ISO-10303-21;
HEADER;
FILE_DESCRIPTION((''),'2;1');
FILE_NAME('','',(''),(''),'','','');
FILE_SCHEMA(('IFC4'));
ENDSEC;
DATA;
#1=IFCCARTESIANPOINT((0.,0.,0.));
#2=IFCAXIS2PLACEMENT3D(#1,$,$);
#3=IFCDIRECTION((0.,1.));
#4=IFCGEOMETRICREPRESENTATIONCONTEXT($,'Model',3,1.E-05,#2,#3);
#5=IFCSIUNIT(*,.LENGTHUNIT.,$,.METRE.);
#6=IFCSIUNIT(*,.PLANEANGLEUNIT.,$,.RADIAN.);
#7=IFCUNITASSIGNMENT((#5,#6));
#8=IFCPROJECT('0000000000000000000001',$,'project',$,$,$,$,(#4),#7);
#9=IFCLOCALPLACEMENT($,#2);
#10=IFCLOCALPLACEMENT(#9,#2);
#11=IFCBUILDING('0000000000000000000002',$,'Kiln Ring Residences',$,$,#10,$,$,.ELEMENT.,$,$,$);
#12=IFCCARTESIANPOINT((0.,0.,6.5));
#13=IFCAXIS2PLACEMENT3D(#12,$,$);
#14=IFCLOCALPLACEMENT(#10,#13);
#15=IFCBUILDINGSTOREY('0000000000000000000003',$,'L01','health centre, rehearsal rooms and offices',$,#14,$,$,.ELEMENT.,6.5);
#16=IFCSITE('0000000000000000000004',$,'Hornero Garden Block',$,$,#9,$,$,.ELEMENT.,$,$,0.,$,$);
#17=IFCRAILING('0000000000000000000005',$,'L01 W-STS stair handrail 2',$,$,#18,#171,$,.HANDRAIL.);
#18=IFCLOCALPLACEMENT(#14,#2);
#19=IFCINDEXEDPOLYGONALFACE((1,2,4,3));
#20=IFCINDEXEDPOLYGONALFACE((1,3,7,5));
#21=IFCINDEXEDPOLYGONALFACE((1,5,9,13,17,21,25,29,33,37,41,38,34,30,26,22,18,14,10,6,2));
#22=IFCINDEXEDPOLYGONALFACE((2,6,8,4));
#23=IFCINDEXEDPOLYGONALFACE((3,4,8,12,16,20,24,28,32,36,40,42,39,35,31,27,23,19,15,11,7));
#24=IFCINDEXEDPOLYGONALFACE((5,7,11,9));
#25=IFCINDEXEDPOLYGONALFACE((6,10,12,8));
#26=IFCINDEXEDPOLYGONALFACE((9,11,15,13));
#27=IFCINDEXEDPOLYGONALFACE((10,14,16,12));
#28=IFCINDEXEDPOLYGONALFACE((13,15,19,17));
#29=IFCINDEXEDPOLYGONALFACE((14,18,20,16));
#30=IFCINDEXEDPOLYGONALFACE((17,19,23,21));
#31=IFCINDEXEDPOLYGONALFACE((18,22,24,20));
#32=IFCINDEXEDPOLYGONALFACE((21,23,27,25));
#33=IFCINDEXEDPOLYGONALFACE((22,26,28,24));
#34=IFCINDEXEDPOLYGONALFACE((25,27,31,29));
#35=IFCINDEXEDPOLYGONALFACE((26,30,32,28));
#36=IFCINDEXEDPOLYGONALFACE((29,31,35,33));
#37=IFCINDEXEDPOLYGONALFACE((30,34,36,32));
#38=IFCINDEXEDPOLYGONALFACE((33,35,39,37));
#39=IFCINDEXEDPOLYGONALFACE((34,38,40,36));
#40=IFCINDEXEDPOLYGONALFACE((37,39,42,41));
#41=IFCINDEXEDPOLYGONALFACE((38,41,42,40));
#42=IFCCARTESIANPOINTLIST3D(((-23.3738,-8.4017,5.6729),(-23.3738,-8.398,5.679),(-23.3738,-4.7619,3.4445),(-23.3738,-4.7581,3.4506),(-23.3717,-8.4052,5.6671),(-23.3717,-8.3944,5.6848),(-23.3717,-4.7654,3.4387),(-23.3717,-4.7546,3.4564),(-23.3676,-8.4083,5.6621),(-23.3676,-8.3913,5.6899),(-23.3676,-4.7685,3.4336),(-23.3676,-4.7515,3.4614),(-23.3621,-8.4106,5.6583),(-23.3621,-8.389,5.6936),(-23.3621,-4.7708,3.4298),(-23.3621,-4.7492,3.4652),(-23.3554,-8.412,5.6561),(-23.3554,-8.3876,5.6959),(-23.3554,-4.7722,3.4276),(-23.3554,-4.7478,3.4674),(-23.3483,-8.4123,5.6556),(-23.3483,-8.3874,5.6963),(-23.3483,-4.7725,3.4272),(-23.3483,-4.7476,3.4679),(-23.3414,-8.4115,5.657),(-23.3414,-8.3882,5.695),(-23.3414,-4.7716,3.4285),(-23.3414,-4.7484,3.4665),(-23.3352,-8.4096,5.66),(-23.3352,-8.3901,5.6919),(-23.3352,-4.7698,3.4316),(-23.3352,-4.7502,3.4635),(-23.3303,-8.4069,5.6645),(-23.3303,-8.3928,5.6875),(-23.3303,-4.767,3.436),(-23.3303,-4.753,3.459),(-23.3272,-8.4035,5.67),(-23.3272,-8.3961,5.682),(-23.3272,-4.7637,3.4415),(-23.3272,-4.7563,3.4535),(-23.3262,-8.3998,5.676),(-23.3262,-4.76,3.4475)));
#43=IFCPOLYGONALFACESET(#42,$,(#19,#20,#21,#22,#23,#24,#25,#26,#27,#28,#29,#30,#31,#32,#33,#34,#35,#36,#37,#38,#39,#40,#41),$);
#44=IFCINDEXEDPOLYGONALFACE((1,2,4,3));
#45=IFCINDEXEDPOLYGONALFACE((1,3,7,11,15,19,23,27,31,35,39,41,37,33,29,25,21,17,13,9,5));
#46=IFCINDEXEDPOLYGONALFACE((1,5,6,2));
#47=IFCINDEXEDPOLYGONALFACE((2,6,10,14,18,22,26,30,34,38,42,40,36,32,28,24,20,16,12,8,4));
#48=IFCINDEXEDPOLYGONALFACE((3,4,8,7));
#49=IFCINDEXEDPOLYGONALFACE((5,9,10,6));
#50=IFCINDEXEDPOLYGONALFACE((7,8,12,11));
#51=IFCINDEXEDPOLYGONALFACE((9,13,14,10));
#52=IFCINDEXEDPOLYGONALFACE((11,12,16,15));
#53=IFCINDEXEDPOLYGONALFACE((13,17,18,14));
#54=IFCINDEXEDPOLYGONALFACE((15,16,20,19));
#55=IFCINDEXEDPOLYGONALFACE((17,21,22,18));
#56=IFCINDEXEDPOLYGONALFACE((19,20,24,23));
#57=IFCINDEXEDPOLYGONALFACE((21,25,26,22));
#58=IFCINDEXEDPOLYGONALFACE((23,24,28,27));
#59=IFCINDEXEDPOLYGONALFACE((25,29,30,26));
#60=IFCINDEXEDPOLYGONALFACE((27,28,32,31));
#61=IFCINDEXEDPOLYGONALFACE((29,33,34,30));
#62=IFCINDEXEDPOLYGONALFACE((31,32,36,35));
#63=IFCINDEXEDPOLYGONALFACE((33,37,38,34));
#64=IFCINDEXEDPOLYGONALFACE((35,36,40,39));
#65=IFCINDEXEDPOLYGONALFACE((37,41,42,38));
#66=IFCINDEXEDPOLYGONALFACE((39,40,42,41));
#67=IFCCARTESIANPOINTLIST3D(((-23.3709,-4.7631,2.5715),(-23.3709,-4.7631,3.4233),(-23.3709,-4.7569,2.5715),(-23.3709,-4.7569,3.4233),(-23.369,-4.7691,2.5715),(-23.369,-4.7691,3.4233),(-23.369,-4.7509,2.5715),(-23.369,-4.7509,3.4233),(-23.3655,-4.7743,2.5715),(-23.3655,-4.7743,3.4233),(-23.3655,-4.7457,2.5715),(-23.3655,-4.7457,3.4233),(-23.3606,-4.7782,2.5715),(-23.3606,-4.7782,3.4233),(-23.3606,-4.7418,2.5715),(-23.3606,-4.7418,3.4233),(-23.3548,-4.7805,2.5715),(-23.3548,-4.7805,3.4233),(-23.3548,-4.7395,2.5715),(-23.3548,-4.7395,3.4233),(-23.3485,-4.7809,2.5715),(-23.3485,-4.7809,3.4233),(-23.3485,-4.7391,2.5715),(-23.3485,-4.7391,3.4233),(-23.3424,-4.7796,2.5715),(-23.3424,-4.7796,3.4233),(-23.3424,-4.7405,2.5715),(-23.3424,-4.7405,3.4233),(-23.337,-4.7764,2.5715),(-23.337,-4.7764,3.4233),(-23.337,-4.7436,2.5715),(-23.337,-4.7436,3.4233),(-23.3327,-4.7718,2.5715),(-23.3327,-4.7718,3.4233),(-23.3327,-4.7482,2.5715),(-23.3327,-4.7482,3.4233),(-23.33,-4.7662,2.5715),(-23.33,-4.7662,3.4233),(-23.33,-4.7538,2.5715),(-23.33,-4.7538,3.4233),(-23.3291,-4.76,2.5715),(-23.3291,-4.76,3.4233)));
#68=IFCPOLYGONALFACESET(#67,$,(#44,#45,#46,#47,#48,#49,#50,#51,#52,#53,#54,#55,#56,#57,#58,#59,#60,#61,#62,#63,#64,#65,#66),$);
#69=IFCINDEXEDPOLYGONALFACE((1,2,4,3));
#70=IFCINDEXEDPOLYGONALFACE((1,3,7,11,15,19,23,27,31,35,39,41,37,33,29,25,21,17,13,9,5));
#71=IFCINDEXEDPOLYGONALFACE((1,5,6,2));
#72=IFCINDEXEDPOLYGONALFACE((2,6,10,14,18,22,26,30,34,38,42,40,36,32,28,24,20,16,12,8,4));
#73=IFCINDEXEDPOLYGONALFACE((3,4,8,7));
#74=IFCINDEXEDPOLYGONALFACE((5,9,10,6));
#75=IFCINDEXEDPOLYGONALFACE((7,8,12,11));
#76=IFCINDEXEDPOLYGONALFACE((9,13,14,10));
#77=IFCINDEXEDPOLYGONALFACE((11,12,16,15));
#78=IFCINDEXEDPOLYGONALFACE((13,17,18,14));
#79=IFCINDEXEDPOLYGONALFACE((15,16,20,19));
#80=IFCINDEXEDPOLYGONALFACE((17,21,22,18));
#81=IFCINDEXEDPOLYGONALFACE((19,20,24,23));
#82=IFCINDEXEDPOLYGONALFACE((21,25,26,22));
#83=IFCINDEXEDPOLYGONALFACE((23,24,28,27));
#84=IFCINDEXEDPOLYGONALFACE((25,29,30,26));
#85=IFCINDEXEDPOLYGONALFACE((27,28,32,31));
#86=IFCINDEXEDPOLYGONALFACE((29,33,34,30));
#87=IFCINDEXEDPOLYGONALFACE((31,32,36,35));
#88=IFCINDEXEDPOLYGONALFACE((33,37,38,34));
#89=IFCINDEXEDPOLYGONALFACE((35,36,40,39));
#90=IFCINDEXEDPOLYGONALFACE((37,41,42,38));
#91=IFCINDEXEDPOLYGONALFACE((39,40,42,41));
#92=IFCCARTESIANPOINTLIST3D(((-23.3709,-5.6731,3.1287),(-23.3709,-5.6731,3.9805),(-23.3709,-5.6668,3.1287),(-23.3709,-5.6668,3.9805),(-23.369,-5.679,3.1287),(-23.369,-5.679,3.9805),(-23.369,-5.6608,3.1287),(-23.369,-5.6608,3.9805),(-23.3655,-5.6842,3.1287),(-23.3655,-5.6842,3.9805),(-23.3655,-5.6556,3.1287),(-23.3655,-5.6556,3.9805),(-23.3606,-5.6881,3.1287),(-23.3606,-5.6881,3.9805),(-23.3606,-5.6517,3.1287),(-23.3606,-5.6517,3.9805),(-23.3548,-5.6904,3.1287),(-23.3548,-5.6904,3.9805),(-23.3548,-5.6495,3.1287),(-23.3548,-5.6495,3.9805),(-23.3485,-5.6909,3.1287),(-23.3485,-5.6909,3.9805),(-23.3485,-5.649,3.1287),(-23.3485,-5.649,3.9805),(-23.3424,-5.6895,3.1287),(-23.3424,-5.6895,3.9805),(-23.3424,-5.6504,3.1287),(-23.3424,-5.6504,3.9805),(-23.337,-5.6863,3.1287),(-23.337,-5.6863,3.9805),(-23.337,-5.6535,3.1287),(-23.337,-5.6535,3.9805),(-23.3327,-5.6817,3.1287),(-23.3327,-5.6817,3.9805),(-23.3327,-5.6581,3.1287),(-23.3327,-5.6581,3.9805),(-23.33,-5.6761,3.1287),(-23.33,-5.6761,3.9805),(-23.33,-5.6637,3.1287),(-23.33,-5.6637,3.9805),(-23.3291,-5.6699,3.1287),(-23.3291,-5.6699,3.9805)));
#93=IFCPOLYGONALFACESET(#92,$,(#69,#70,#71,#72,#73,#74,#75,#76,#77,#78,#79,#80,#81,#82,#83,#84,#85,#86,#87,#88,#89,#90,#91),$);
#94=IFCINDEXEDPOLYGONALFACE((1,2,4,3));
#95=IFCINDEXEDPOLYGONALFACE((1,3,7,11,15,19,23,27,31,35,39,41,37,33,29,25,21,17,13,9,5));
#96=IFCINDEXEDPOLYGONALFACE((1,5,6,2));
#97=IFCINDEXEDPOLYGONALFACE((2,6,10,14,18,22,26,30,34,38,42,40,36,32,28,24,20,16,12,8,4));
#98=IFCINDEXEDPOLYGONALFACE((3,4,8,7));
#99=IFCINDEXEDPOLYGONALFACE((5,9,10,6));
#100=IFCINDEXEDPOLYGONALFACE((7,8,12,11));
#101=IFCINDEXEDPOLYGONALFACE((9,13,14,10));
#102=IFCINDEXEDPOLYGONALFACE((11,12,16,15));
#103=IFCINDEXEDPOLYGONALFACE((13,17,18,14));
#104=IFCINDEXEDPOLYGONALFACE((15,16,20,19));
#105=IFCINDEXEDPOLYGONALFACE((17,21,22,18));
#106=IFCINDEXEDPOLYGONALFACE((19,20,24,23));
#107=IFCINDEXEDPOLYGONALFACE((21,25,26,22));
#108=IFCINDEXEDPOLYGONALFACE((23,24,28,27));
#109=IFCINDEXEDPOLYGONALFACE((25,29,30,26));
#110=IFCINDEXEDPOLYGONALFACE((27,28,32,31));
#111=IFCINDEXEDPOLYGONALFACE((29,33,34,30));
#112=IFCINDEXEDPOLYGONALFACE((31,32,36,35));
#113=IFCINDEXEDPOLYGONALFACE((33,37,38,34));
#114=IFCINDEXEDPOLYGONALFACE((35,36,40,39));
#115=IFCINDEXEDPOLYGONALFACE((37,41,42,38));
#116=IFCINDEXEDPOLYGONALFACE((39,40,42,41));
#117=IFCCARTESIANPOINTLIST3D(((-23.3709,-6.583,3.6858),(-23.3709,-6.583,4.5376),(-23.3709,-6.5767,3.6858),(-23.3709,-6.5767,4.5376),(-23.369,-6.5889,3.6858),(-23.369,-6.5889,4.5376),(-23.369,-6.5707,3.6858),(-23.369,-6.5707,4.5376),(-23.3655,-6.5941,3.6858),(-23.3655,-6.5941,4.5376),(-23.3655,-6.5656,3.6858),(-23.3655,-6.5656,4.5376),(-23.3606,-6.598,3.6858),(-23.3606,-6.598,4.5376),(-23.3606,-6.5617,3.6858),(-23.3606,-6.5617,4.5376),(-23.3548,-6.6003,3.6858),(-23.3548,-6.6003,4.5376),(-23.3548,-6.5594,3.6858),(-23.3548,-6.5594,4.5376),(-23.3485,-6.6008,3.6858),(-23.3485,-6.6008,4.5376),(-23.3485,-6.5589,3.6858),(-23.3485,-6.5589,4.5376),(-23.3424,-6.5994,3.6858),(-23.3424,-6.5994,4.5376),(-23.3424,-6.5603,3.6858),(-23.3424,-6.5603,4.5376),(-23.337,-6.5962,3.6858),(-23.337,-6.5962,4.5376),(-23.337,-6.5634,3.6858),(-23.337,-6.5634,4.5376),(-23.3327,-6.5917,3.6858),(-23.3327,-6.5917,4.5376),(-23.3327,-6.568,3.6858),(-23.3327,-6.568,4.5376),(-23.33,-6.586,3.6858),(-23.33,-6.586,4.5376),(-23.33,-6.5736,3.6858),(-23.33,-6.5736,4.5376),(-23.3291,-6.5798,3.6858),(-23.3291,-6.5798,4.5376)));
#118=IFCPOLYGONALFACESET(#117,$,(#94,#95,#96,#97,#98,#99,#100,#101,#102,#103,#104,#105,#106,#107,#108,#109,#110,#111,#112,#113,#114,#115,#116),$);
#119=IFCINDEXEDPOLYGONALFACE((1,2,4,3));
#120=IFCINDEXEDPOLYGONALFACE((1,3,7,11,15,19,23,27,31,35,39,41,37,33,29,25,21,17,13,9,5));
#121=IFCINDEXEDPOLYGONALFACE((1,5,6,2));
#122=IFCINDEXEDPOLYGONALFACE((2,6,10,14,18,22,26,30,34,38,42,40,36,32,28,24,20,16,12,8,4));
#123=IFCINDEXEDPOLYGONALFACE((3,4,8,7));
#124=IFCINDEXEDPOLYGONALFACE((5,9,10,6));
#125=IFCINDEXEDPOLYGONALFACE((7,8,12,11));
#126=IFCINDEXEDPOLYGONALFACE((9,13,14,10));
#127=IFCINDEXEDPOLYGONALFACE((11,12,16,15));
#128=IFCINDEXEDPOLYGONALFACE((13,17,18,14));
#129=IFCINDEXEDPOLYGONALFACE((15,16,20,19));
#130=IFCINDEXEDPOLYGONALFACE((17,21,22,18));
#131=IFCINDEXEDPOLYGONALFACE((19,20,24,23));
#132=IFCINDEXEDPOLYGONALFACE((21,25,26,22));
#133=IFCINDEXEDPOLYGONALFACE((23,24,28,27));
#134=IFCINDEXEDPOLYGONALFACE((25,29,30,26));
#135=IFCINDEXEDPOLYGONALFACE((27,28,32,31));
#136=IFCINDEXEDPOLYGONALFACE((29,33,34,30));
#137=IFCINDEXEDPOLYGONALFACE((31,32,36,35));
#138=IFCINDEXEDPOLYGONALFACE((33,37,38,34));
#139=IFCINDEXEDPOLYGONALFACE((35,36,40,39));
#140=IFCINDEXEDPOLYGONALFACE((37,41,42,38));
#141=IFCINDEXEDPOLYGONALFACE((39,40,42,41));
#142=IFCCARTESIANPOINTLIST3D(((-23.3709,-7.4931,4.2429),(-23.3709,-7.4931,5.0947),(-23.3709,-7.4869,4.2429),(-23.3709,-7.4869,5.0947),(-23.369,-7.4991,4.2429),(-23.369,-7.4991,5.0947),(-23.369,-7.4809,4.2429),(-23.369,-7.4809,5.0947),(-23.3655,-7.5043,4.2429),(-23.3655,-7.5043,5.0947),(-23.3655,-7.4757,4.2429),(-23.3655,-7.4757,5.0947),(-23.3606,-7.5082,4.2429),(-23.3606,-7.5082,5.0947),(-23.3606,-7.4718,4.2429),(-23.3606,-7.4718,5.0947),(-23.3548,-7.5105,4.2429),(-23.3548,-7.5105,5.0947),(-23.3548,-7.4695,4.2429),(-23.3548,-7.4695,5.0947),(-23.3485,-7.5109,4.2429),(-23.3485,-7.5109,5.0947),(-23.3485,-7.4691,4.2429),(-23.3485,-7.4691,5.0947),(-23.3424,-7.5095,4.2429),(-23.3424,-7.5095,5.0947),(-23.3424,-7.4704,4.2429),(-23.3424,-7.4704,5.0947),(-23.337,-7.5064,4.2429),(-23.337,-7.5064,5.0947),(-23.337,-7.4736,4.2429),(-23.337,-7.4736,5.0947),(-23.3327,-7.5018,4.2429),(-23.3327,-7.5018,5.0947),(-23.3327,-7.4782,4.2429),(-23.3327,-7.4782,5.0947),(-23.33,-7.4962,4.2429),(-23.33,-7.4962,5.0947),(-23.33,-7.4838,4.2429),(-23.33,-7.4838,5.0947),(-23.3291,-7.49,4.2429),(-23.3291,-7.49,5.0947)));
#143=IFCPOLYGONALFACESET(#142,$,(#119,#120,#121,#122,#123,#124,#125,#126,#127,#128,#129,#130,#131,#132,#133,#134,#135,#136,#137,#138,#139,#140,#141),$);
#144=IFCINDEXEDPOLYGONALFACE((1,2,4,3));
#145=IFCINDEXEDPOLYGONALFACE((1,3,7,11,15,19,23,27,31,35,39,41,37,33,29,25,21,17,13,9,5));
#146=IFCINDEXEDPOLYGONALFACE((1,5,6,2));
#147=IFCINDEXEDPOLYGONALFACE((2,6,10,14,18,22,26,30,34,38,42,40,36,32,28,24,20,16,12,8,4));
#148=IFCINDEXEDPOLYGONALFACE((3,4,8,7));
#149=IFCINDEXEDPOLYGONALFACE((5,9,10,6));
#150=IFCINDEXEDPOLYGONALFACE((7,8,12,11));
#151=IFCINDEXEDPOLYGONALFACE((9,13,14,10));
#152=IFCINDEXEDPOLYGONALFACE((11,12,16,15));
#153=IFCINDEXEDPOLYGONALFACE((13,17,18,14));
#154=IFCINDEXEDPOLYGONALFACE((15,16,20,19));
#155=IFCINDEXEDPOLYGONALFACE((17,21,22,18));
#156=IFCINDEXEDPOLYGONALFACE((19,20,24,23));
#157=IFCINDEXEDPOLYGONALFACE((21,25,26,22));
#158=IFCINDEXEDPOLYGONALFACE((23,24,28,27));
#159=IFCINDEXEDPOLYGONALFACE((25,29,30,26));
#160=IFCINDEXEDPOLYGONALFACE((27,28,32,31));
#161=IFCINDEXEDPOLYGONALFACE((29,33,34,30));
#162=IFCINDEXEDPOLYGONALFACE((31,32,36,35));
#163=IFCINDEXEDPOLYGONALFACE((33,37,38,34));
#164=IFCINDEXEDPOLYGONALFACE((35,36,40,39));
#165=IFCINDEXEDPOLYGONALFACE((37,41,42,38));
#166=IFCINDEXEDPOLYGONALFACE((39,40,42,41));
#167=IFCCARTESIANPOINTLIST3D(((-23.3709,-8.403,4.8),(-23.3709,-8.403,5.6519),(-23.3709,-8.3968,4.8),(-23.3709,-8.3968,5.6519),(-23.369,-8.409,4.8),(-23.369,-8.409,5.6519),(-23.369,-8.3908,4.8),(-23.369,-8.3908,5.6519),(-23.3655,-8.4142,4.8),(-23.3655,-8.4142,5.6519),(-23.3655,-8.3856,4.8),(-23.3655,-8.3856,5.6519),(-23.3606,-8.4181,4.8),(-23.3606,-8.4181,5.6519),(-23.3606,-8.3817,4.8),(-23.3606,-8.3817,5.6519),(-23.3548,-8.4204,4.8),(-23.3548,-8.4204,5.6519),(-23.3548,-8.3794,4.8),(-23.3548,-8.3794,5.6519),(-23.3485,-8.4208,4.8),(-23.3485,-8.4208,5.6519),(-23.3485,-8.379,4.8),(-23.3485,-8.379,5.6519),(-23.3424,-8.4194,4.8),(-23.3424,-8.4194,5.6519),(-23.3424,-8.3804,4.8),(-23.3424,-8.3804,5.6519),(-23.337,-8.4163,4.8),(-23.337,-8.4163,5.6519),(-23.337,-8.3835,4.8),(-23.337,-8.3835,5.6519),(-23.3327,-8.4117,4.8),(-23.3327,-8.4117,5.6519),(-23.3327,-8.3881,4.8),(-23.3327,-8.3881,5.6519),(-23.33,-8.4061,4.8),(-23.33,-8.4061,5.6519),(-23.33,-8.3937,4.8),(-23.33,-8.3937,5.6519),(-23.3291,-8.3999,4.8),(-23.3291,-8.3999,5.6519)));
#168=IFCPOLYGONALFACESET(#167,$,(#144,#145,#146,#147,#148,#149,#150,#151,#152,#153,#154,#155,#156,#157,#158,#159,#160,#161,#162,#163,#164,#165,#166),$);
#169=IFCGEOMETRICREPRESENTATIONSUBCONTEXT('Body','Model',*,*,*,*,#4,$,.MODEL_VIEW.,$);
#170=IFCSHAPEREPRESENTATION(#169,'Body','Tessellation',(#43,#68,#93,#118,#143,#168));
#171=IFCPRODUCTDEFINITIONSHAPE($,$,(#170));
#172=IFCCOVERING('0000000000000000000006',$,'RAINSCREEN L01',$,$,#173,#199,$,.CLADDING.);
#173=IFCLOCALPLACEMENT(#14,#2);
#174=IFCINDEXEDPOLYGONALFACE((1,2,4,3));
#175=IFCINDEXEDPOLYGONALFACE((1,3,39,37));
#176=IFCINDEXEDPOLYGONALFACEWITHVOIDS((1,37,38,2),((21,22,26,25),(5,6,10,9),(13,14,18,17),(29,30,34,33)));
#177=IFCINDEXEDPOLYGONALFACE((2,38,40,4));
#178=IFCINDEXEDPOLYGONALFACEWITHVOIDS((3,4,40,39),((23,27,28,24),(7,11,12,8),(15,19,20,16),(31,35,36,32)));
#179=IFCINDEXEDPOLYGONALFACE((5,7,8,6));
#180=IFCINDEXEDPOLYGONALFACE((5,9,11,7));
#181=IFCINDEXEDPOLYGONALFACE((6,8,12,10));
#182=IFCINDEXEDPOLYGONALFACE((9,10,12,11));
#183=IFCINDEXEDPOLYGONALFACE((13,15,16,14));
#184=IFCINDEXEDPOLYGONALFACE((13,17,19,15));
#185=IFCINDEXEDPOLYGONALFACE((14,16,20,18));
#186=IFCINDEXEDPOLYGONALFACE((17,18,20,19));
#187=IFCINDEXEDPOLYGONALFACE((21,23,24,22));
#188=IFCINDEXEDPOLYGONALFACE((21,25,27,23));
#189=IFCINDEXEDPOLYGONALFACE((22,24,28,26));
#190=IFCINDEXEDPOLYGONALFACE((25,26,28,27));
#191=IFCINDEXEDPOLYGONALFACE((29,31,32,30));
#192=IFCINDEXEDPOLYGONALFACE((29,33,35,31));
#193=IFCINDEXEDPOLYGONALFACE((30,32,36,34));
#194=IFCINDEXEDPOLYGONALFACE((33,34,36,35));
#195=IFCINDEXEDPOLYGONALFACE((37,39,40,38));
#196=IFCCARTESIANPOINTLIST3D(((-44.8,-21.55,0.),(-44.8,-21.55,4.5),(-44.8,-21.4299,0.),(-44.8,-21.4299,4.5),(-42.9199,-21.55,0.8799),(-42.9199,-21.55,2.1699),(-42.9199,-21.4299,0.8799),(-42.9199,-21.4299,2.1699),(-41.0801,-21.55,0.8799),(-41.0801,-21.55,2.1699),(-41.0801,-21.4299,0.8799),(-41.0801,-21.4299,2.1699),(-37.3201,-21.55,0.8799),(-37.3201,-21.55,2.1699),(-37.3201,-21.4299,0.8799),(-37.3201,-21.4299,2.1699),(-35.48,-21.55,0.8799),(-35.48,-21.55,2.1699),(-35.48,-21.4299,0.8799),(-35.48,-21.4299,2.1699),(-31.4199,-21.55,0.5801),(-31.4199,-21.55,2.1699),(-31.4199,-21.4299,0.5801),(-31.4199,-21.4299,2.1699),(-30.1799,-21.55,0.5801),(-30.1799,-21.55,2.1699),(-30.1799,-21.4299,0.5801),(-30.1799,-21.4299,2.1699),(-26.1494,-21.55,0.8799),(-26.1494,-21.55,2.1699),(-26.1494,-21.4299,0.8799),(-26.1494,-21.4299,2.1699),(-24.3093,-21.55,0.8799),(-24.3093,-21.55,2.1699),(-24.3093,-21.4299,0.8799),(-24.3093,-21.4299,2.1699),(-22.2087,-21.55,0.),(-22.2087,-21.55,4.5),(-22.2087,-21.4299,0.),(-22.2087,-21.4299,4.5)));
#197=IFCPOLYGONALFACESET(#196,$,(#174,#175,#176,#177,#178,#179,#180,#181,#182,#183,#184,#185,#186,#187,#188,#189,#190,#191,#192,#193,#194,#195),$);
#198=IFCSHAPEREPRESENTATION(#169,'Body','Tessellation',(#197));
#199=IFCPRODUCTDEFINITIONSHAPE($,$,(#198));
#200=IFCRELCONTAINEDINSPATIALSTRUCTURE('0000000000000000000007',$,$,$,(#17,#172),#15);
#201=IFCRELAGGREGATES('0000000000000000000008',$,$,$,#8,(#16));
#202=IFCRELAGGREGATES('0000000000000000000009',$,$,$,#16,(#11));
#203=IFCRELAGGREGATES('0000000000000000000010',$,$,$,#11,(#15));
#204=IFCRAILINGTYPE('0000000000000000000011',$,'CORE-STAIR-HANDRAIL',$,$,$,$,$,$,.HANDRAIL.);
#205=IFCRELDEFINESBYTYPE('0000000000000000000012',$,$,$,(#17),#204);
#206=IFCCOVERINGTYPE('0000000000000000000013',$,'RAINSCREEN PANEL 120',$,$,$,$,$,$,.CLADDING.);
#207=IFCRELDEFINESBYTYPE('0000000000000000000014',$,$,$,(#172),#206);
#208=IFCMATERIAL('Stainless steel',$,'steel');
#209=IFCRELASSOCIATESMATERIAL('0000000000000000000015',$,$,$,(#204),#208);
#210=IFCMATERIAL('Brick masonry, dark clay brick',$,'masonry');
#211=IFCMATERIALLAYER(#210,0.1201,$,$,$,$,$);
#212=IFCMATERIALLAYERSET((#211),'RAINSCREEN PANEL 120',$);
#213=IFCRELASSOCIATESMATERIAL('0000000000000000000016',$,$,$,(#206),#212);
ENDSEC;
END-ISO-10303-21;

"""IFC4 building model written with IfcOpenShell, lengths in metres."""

from ifc_helpers import new_model, si_unit, direction, frame, origin, origin_2d, place, context, subcontext, project, spatial, polyline, circle, outline, extrude, material, layer, layer_set, type_object, element, save


model = new_model("IFC4")

# Units and contexts
model_context = context("Model", 3, precision=1e-05, world=origin(), true_north=direction((0.0, 1.0)))
body_context = subcontext(model_context, "Body", "Model", "MODEL_VIEW")
ifc_project = project(units=[si_unit("LENGTHUNIT", "METRE"), si_unit("PLANEANGLEUNIT", "RADIAN")], contexts=[model_context])

# Site, building, storey
site_placement = place(None, origin())
site = spatial("IfcSite", under=ifc_project, at=site_placement, Name="Hornero Garden Block", CompositionType="ELEMENT", RefElevation=0.0)
building_placement = place(site_placement, origin())
building = spatial("IfcBuilding", under=site, at=building_placement, Name="Kiln Ring Residences", CompositionType="ELEMENT")
storey_placement = place(building_placement, frame((0.0, 0.0, 6.5)))
storey = spatial("IfcBuildingStorey", under=building, at=storey_placement, Name="L01", Description="health centre, rehearsal rooms and offices", CompositionType="ELEMENT", Elevation=6.5)

# Railing
ifc_material_1 = material(Name="Stainless steel", Category="steel")
railing_type_1 = type_object("IfcRailingType", Name="CORE-STAIR-HANDRAIL", PredefinedType="HANDRAIL", material=ifc_material_1)
railing_1_placement = place(storey_placement, frame((-23.3501, -4.76, 2.5715)))
element("IfcRailing", 1, at=railing_1_placement, inside=storey, type_object=railing_type_1, Name="L01 W-STS stair handrail 2", PredefinedType="HANDRAIL", context=body_context, shape_type="SweptSolid", body=[
    extrude(circle(Radius=0.0239, at=origin_2d()), frame((0.0, 0.0, 0.876), z_axis=(0.0, -0.85285, 0.522156), x_axis=(1.0, 0.0, 0.0)), (0.0, 0.0, 1.0), 4.2678),
    extrude(circle(Radius=0.021, at=origin_2d()), origin(), (0.0, 0.0, 1.0), 0.8518),
    extrude(circle(Radius=0.021, at=origin_2d()), frame((0.0, -0.9099, 0.5571)), (0.0, 0.0, 1.0), 0.8518),
    extrude(circle(Radius=0.021, at=origin_2d()), frame((0.0, -1.8198, 1.1143)), (0.0, 0.0, 1.0), 0.8518),
    extrude(circle(Radius=0.021, at=origin_2d()), frame((0.0, -2.73, 1.6714)), (0.0, 0.0, 1.0), 0.8518),
    extrude(circle(Radius=0.021, at=origin_2d()), frame((0.0, -3.6399, 2.2285)), (0.0, 0.0, 1.0), 0.8518),
])

# Covering
ifc_material_2 = material(Name="Brick masonry, dark clay brick", Category="masonry")
ifc_layer_1 = layer(ifc_material_2, 0.1201)
ifc_layer_set_1 = layer_set([ifc_layer_1], Name="RAINSCREEN PANEL 120")
covering_type = type_object("IfcCoveringType", Name="RAINSCREEN PANEL 120", PredefinedType="CLADDING", material=ifc_layer_set_1)
covering_placement = place(storey_placement, frame((-22.2087, -21.49, 0.0), z_axis=(0.0, 0.0, 1.0), x_axis=(-1.0, 0.0, 0.0)))
element("IfcCovering", 2, at=covering_placement, inside=storey, type_object=covering_type, Name="RAINSCREEN L01", PredefinedType="CLADDING", context=body_context, shape_type="SweptSolid", body=[
    extrude(outline(polyline([(0.0, 0.0), (22.5913, 0.0), (22.5913, 4.5), (0.0, 4.5), (0.0, 0.0)]), holes=[polyline([(9.2112, 0.5801), (9.2112, 2.1699), (7.9712, 2.1699), (7.9712, 0.5801), (9.2112, 0.5801)]), polyline([(3.9407, 0.8799), (3.9407, 2.1699), (2.1006, 2.1699), (2.1006, 0.8799), (3.9407, 0.8799)]), polyline([(15.1113, 0.8799), (15.1113, 2.1699), (13.2712, 2.1699), (13.2712, 0.8799), (15.1113, 0.8799)]), polyline([(20.7112, 0.8799), (20.7112, 2.1699), (18.8713, 2.1699), (18.8713, 0.8799), (20.7112, 0.8799)])]), frame((0.0, 0.0601, 0.0), z_axis=(0.0, -1.0, 0.0), x_axis=(1.0, 0.0, 0.0)), (0.0, 0.0, 1.0), 0.1201),
])

save(model, "model.ifc")
